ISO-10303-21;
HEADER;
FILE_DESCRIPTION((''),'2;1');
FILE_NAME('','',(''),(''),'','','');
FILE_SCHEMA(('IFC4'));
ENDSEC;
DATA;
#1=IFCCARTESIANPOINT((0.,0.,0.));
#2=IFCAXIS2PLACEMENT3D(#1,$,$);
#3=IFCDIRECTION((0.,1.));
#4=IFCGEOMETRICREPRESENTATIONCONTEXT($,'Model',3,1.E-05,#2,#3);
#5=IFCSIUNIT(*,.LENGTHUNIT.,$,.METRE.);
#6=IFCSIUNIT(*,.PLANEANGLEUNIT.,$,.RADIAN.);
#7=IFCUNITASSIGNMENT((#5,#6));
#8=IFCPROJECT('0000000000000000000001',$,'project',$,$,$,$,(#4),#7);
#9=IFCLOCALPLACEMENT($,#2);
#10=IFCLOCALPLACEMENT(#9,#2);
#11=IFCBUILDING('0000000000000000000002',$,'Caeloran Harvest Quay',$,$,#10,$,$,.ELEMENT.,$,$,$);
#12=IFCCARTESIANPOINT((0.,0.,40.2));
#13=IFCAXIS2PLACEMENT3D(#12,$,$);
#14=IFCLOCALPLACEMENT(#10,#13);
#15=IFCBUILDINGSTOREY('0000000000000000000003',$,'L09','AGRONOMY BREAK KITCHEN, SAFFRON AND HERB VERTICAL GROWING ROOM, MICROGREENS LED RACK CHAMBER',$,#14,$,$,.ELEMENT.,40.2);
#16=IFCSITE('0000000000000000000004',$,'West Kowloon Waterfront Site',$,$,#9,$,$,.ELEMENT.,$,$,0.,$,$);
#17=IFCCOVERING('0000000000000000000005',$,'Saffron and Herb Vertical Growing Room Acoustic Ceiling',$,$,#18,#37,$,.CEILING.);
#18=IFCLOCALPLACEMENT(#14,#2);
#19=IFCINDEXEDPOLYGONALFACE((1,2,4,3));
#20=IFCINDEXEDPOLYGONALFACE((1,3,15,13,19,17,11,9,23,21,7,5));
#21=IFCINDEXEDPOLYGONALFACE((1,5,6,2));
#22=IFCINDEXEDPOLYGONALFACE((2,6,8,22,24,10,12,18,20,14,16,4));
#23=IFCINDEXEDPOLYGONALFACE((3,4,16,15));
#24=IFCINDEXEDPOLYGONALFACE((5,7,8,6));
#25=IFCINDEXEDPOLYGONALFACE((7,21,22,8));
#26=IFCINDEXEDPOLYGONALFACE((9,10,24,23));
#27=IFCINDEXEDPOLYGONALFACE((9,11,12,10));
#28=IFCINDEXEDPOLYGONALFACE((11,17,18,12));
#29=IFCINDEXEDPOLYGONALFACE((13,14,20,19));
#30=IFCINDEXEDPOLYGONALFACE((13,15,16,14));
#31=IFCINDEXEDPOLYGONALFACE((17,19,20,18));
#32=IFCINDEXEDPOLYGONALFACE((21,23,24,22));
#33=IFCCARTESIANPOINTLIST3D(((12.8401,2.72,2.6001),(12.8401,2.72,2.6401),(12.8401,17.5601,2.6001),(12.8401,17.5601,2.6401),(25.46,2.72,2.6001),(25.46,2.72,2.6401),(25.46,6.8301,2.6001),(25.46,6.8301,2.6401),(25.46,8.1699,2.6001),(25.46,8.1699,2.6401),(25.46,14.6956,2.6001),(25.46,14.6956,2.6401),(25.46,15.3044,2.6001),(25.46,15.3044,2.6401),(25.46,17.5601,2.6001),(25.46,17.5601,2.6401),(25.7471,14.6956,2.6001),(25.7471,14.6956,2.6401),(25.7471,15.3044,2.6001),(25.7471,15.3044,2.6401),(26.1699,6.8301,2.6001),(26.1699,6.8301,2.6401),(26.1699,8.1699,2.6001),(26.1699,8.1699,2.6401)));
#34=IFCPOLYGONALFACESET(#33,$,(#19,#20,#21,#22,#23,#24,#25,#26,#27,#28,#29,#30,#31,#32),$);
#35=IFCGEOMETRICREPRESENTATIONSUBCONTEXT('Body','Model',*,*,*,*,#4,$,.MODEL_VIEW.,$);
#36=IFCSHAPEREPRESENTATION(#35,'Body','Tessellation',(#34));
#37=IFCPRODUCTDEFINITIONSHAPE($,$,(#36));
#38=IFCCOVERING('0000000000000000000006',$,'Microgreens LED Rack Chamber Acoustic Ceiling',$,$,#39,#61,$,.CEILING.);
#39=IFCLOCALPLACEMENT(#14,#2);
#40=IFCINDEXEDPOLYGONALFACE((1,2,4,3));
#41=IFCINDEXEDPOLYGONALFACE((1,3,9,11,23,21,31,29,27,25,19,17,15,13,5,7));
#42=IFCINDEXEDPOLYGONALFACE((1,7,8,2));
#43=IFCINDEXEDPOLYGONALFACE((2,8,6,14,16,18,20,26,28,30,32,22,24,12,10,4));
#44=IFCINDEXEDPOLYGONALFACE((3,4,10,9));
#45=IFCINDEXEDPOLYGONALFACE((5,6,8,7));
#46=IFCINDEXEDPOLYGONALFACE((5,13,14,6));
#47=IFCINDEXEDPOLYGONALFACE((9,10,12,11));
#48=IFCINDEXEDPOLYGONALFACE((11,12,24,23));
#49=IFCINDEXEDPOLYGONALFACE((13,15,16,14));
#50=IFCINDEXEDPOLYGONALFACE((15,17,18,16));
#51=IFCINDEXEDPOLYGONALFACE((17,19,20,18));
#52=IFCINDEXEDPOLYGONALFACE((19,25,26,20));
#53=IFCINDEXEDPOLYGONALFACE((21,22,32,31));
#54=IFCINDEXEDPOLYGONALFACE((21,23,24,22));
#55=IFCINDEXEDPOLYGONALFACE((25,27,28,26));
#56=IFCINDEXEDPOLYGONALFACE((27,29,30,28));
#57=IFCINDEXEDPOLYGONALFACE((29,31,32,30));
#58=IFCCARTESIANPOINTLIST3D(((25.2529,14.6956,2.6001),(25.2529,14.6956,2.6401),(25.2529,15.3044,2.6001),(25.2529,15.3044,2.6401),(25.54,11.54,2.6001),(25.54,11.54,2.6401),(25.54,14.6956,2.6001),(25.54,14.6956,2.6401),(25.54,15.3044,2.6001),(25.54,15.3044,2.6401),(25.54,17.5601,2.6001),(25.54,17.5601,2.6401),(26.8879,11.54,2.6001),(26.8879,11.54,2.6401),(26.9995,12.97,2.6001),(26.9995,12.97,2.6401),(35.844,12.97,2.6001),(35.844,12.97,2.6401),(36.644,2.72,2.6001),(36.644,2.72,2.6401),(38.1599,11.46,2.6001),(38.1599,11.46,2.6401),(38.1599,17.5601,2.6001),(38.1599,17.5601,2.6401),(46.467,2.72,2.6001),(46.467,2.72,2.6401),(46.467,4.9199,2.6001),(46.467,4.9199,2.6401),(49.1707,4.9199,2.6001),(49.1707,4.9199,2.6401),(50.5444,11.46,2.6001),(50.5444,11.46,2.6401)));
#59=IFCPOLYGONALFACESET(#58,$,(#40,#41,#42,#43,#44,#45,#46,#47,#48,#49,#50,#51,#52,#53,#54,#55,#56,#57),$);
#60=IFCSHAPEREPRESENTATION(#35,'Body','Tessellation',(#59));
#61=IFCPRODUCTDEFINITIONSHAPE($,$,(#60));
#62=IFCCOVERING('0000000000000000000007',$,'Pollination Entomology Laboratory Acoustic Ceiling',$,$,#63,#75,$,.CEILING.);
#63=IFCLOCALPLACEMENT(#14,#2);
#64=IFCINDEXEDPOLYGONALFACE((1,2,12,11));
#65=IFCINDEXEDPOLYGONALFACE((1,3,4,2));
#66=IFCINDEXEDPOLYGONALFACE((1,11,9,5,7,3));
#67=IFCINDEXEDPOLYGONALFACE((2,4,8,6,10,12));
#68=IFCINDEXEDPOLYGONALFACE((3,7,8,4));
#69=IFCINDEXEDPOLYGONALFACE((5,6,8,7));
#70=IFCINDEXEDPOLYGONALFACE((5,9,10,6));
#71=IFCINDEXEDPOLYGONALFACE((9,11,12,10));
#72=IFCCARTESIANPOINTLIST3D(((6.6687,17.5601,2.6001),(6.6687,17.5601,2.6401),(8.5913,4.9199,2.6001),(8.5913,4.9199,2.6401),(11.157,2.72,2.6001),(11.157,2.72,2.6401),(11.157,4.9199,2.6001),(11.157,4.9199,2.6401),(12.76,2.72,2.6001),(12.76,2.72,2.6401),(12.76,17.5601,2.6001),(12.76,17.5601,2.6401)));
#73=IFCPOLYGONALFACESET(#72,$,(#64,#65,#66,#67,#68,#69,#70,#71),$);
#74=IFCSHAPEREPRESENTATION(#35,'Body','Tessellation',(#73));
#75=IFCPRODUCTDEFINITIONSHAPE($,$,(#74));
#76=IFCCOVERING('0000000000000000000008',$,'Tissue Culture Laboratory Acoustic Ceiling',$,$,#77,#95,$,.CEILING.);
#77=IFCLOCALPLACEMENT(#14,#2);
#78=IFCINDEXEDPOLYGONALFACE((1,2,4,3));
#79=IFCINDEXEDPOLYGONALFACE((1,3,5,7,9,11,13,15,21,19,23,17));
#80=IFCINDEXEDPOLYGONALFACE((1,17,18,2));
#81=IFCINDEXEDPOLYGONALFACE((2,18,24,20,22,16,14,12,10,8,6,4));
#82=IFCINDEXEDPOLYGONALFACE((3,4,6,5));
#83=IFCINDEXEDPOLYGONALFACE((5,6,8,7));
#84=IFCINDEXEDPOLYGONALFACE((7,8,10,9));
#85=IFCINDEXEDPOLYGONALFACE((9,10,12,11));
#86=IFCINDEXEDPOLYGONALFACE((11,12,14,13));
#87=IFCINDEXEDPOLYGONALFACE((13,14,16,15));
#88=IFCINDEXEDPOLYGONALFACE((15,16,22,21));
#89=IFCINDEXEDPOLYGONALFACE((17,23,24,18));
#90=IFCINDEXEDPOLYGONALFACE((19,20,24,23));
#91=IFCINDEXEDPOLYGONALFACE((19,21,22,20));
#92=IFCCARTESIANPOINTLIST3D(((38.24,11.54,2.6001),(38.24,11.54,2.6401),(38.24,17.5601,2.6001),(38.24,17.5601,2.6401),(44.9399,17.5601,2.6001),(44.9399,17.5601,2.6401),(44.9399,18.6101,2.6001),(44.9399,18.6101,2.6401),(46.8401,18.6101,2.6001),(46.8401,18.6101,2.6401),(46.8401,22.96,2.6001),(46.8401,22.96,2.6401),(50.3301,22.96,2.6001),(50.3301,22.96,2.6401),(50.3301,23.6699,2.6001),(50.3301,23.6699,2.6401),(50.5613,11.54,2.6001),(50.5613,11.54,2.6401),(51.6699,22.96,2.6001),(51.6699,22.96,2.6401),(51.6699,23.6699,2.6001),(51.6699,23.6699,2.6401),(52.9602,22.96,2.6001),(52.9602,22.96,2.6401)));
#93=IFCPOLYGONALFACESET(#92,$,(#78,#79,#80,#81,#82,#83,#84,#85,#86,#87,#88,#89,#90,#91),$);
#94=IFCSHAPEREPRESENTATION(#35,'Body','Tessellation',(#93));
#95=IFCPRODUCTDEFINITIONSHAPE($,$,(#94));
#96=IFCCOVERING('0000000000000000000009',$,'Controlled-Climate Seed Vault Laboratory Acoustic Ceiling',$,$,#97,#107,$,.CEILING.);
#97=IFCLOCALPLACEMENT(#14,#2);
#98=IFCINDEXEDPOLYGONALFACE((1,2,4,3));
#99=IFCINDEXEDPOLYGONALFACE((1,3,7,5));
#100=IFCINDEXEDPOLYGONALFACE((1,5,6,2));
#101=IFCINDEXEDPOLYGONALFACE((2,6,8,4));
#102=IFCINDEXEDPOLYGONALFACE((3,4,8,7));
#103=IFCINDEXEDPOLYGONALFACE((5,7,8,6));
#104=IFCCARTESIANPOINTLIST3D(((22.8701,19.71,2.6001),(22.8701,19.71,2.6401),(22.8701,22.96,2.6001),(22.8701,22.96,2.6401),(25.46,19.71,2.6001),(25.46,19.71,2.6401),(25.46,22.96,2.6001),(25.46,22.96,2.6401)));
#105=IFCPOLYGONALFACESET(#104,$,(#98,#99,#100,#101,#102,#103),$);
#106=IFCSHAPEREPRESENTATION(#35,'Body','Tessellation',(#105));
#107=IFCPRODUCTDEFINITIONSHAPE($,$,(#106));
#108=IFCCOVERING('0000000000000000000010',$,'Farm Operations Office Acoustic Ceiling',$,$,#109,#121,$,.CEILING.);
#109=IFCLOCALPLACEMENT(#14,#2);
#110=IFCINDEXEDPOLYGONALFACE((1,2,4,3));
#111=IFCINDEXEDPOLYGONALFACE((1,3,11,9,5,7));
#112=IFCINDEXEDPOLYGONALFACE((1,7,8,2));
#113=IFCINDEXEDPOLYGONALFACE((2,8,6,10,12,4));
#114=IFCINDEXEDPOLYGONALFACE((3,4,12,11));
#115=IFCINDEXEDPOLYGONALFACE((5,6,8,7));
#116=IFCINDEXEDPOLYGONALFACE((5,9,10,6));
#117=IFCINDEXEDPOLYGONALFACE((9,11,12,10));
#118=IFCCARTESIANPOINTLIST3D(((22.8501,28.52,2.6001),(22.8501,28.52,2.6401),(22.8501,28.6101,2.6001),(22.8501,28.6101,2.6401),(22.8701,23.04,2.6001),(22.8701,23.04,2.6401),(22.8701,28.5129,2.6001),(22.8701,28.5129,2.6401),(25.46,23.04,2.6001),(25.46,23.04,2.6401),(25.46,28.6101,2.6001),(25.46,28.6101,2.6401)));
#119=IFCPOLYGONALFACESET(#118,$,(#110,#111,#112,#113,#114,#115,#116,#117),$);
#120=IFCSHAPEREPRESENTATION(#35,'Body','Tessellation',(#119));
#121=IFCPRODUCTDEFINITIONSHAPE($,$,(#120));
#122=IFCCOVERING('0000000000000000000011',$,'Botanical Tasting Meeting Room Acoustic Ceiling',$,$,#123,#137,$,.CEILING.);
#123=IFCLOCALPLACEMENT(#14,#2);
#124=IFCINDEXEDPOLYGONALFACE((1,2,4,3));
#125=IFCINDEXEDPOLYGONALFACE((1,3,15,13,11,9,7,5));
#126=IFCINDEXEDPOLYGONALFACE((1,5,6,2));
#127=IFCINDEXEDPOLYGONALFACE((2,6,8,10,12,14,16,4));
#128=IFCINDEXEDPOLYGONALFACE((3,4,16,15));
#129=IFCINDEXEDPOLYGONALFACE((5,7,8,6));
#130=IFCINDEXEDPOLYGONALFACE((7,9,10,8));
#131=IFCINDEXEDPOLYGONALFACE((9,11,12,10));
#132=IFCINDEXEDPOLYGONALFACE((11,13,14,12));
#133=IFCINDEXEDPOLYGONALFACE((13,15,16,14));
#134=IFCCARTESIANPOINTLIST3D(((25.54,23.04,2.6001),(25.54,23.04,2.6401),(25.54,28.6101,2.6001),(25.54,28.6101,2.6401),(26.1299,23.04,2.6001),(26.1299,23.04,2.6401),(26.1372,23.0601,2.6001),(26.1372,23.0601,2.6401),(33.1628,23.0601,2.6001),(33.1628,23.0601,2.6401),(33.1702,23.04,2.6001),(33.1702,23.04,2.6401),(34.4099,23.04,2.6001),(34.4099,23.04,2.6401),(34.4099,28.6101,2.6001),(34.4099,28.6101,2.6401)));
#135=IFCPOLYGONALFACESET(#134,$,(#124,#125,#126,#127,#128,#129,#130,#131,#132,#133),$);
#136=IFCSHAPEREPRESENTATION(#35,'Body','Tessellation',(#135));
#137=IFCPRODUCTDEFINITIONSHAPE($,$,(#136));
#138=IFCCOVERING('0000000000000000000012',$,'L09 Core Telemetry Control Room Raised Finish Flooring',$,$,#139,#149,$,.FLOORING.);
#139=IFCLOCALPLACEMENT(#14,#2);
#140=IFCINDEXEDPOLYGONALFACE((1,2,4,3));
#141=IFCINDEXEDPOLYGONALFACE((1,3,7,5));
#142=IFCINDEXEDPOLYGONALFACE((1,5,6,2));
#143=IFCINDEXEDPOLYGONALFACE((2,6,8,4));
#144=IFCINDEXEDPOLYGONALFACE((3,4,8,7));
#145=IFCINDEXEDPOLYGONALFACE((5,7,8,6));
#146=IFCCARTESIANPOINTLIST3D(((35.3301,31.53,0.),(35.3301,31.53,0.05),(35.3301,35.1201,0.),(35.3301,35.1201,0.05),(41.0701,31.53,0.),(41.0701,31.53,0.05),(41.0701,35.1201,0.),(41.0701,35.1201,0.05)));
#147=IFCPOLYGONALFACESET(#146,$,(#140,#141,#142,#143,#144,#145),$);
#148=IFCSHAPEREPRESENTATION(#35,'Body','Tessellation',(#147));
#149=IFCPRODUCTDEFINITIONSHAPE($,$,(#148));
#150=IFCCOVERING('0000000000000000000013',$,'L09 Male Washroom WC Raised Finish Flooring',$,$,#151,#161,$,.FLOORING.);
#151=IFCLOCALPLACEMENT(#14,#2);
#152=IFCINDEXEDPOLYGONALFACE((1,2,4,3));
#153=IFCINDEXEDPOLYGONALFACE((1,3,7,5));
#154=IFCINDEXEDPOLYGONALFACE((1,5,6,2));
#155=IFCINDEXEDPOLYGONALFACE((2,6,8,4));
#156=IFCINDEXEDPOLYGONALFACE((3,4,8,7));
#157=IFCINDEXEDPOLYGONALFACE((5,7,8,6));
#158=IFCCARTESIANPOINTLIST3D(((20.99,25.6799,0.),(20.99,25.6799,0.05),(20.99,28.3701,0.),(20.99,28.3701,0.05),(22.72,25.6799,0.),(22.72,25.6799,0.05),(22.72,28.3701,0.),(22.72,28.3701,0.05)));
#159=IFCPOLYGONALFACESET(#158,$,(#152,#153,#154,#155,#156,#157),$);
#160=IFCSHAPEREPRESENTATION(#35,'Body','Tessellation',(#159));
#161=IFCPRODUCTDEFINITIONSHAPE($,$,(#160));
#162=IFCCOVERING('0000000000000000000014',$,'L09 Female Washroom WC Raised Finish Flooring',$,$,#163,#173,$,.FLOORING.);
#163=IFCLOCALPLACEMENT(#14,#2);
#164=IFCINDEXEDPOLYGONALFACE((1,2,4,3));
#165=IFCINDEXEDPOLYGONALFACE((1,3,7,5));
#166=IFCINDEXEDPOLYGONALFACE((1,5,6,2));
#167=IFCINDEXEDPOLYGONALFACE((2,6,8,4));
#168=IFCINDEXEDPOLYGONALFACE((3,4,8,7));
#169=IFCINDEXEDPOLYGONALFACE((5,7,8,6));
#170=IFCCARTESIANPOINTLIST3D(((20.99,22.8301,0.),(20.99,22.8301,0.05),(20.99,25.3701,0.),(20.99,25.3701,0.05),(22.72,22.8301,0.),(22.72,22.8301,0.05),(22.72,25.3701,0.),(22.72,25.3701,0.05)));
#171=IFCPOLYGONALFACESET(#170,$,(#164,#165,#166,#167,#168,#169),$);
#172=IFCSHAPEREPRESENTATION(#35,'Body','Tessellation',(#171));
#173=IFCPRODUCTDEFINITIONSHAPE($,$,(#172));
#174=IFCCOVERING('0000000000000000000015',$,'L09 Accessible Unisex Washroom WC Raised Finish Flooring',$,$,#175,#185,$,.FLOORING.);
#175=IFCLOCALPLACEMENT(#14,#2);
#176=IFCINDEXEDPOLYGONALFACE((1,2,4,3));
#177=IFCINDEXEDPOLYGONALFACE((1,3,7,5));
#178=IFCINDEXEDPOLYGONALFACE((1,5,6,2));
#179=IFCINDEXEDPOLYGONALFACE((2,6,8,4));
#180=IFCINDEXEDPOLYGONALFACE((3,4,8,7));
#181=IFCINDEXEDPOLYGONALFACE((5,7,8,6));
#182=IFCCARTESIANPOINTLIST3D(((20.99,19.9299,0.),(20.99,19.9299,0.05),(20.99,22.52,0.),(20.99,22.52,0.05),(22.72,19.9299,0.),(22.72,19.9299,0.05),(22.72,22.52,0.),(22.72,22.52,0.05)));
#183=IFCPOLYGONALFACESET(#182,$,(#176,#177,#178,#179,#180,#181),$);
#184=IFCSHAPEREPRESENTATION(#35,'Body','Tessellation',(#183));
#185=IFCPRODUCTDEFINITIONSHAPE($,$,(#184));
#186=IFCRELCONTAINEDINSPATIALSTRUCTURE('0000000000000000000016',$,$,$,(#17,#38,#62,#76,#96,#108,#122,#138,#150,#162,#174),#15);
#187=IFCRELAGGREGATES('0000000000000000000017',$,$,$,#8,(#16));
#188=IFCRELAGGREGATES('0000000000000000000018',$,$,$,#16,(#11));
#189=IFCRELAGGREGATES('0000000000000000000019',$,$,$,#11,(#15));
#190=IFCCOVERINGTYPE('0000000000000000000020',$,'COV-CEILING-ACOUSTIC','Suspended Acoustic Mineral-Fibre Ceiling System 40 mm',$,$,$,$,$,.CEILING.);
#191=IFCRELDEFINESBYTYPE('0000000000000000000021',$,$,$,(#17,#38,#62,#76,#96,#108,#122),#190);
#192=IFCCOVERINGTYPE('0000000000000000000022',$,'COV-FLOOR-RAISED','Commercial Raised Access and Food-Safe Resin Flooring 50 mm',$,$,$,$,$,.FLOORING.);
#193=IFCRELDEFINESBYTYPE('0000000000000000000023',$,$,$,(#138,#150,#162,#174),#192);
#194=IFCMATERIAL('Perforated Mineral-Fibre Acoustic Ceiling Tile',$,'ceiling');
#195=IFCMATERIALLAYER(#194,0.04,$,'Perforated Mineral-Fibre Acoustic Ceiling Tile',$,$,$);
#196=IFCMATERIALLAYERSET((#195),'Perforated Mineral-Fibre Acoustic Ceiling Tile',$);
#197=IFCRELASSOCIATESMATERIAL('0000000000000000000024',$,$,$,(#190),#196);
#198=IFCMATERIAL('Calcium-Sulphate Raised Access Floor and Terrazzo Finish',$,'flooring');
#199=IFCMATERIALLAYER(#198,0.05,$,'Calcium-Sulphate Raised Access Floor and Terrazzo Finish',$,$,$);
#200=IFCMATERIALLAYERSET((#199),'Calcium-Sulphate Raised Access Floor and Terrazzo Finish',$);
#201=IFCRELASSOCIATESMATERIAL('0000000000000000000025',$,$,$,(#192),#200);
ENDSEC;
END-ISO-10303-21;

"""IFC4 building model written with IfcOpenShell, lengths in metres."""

from ifc_helpers import new_model, si_unit, direction, frame, origin, place, context, subcontext, project, spatial, polyline, outline, extrude, material, layer, layer_set, type_object, element, save


model = new_model("IFC4")

# Units and contexts
model_context = context("Model", 3, precision=1e-05, world=origin(), true_north=direction((0.0, 1.0)))
body_context = subcontext(model_context, "Body", "Model", "MODEL_VIEW")
ifc_project = project(units=[si_unit("LENGTHUNIT", "METRE"), si_unit("PLANEANGLEUNIT", "RADIAN")], contexts=[model_context])

# Site, building, storey
site_placement = place(None, origin())
site = spatial("IfcSite", under=ifc_project, at=site_placement, Name="West Kowloon Waterfront Site", CompositionType="ELEMENT", RefElevation=0.0)
building_placement = place(site_placement, origin())
building = spatial("IfcBuilding", under=site, at=building_placement, Name="Caeloran Harvest Quay", CompositionType="ELEMENT")
storey_placement = place(building_placement, frame((0.0, 0.0, 40.2)))
storey = spatial("IfcBuildingStorey", under=building, at=storey_placement, Name="L09", Description="AGRONOMY BREAK KITCHEN, SAFFRON AND HERB VERTICAL GROWING ROOM, MICROGREENS LED RACK CHAMBER", CompositionType="ELEMENT", Elevation=40.2)

# Coverings
ifc_material_1 = material(Name="Perforated Mineral-Fibre Acoustic Ceiling Tile", Category="ceiling")
ifc_layer_1 = layer(ifc_material_1, 0.04, Name="Perforated Mineral-Fibre Acoustic Ceiling Tile")
ifc_layer_set_1 = layer_set([ifc_layer_1], Name="Perforated Mineral-Fibre Acoustic Ceiling Tile")
covering_type_1 = type_object("IfcCoveringType", Name="COV-CEILING-ACOUSTIC", Description="Suspended Acoustic Mineral-Fibre Ceiling System 40 mm", PredefinedType="CEILING", material=ifc_layer_set_1)
covering_1_placement = place(storey_placement, frame((0.0, 0.0, 2.6001)))
element("IfcCovering", 1, at=covering_1_placement, inside=storey, type_object=covering_type_1, Name="Saffron and Herb Vertical Growing Room Acoustic Ceiling", PredefinedType="CEILING", context=body_context, shape_type="SweptSolid", body=[
    extrude(outline(polyline([(26.1699, 8.1699), (26.1699, 6.8301), (25.46, 6.8301), (25.46, 2.72), (12.8401, 2.72), (12.8401, 17.5601), (25.46, 17.5601), (25.46, 15.3044), (25.7471, 15.3044), (25.7471, 14.6956), (25.46, 14.6956), (25.46, 8.1699), (26.1699, 8.1699)])), origin(), (0.0, 0.0, 1.0), 0.04),
])
covering_2_placement = place(storey_placement, frame((0.0, 0.0, 2.6001)))
element("IfcCovering", 2, at=covering_2_placement, inside=storey, type_object=covering_type_1, Name="Microgreens LED Rack Chamber Acoustic Ceiling", PredefinedType="CEILING", context=body_context, shape_type="SweptSolid", body=[
    extrude(outline(polyline([(46.467, 2.72), (36.644, 2.72), (35.844, 12.97), (26.9995, 12.97), (26.8879, 11.54), (25.54, 11.54), (25.54, 14.6956), (25.2529, 14.6956), (25.2529, 15.3044), (25.54, 15.3044), (25.54, 17.5601), (38.1599, 17.5601), (38.1599, 11.46), (50.5444, 11.46), (49.1707, 4.9199), (46.467, 4.9199), (46.467, 2.72)])), origin(), (0.0, 0.0, 1.0), 0.04),
])
covering_3_placement = place(storey_placement, frame((0.0, 0.0, 2.6001)))
element("IfcCovering", 3, at=covering_3_placement, inside=storey, type_object=covering_type_1, Name="Pollination Entomology Laboratory Acoustic Ceiling", PredefinedType="CEILING", context=body_context, shape_type="SweptSolid", body=[
    extrude(outline(polyline([(12.76, 2.72), (11.157, 2.72), (11.157, 4.9199), (8.5913, 4.9199), (6.6687, 17.5601), (12.76, 17.5601), (12.76, 2.72)])), origin(), (0.0, 0.0, 1.0), 0.04),
])
covering_4_placement = place(storey_placement, frame((0.0, 0.0, 2.6001)))
element("IfcCovering", 4, at=covering_4_placement, inside=storey, type_object=covering_type_1, Name="Tissue Culture Laboratory Acoustic Ceiling", PredefinedType="CEILING", context=body_context, shape_type="SweptSolid", body=[
    extrude(outline(polyline([(44.9399, 18.6101), (46.8401, 18.6101), (46.8401, 22.96), (50.3301, 22.96), (50.3301, 23.6699), (51.6699, 23.6699), (51.6699, 22.96), (52.9602, 22.96), (50.5613, 11.54), (38.24, 11.54), (38.24, 17.5601), (44.9399, 17.5601), (44.9399, 18.6101)])), origin(), (0.0, 0.0, 1.0), 0.04),
])
covering_5_placement = place(storey_placement, frame((0.0, 0.0, 2.6001)))
element("IfcCovering", 5, at=covering_5_placement, inside=storey, type_object=covering_type_1, Name="Controlled-Climate Seed Vault Laboratory Acoustic Ceiling", PredefinedType="CEILING", context=body_context, shape_type="SweptSolid", body=[
    extrude(outline(polyline([(25.46, 19.71), (22.8701, 19.71), (22.8701, 22.96), (25.46, 22.96), (25.46, 19.71)])), origin(), (0.0, 0.0, 1.0), 0.04),
])
covering_6_placement = place(storey_placement, frame((0.0, 0.0, 2.6001)))
element("IfcCovering", 6, at=covering_6_placement, inside=storey, type_object=covering_type_1, Name="Farm Operations Office Acoustic Ceiling", PredefinedType="CEILING", context=body_context, shape_type="SweptSolid", body=[
    extrude(outline(polyline([(22.8701, 28.5129), (22.8501, 28.52), (22.8501, 28.6101), (25.46, 28.6101), (25.46, 23.04), (22.8701, 23.04), (22.8701, 28.5129)])), origin(), (0.0, 0.0, 1.0), 0.04),
])
covering_7_placement = place(storey_placement, frame((0.0, 0.0, 2.6001)))
element("IfcCovering", 7, at=covering_7_placement, inside=storey, type_object=covering_type_1, Name="Botanical Tasting Meeting Room Acoustic Ceiling", PredefinedType="CEILING", context=body_context, shape_type="SweptSolid", body=[
    extrude(outline(polyline([(26.1372, 23.0601), (26.1299, 23.04), (25.54, 23.04), (25.54, 28.6101), (34.4099, 28.6101), (34.4099, 23.04), (33.1702, 23.04), (33.1628, 23.0601), (26.1372, 23.0601)])), origin(), (0.0, 0.0, 1.0), 0.04),
])
ifc_material_2 = material(Name="Calcium-Sulphate Raised Access Floor and Terrazzo Finish", Category="flooring")
ifc_layer_2 = layer(ifc_material_2, 0.05, Name="Calcium-Sulphate Raised Access Floor and Terrazzo Finish")
ifc_layer_set_2 = layer_set([ifc_layer_2], Name="Calcium-Sulphate Raised Access Floor and Terrazzo Finish")
covering_type_2 = type_object("IfcCoveringType", Name="COV-FLOOR-RAISED", Description="Commercial Raised Access and Food-Safe Resin Flooring 50 mm", PredefinedType="FLOORING", material=ifc_layer_set_2)
covering_8_placement = place(storey_placement, origin())
element("IfcCovering", 8, at=covering_8_placement, inside=storey, type_object=covering_type_2, Name="L09 Core Telemetry Control Room Raised Finish Flooring", PredefinedType="FLOORING", context=body_context, shape_type="SweptSolid", body=[
    extrude(outline(polyline([(41.0701, 35.1201), (41.0701, 31.53), (35.3301, 31.53), (35.3301, 35.1201), (41.0701, 35.1201)])), origin(), (0.0, 0.0, 1.0), 0.05),
])
covering_9_placement = place(storey_placement, origin())
element("IfcCovering", 9, at=covering_9_placement, inside=storey, type_object=covering_type_2, Name="L09 Male Washroom WC Raised Finish Flooring", PredefinedType="FLOORING", context=body_context, shape_type="SweptSolid", body=[
    extrude(outline(polyline([(22.72, 25.6799), (20.99, 25.6799), (20.99, 28.3701), (22.72, 28.3701), (22.72, 25.6799)])), origin(), (0.0, 0.0, 1.0), 0.05),
])
covering_10_placement = place(storey_placement, origin())
element("IfcCovering", 10, at=covering_10_placement, inside=storey, type_object=covering_type_2, Name="L09 Female Washroom WC Raised Finish Flooring", PredefinedType="FLOORING", context=body_context, shape_type="SweptSolid", body=[
    extrude(outline(polyline([(22.72, 22.8301), (20.99, 22.8301), (20.99, 25.3701), (22.72, 25.3701), (22.72, 22.8301)])), origin(), (0.0, 0.0, 1.0), 0.05),
])
covering_11_placement = place(storey_placement, origin())
element("IfcCovering", 11, at=covering_11_placement, inside=storey, type_object=covering_type_2, Name="L09 Accessible Unisex Washroom WC Raised Finish Flooring", PredefinedType="FLOORING", context=body_context, shape_type="SweptSolid", body=[
    extrude(outline(polyline([(22.72, 19.9299), (20.99, 19.9299), (20.99, 22.52), (22.72, 22.52), (22.72, 19.9299)])), origin(), (0.0, 0.0, 1.0), 0.05),
])

save(model, "model.ifc")
